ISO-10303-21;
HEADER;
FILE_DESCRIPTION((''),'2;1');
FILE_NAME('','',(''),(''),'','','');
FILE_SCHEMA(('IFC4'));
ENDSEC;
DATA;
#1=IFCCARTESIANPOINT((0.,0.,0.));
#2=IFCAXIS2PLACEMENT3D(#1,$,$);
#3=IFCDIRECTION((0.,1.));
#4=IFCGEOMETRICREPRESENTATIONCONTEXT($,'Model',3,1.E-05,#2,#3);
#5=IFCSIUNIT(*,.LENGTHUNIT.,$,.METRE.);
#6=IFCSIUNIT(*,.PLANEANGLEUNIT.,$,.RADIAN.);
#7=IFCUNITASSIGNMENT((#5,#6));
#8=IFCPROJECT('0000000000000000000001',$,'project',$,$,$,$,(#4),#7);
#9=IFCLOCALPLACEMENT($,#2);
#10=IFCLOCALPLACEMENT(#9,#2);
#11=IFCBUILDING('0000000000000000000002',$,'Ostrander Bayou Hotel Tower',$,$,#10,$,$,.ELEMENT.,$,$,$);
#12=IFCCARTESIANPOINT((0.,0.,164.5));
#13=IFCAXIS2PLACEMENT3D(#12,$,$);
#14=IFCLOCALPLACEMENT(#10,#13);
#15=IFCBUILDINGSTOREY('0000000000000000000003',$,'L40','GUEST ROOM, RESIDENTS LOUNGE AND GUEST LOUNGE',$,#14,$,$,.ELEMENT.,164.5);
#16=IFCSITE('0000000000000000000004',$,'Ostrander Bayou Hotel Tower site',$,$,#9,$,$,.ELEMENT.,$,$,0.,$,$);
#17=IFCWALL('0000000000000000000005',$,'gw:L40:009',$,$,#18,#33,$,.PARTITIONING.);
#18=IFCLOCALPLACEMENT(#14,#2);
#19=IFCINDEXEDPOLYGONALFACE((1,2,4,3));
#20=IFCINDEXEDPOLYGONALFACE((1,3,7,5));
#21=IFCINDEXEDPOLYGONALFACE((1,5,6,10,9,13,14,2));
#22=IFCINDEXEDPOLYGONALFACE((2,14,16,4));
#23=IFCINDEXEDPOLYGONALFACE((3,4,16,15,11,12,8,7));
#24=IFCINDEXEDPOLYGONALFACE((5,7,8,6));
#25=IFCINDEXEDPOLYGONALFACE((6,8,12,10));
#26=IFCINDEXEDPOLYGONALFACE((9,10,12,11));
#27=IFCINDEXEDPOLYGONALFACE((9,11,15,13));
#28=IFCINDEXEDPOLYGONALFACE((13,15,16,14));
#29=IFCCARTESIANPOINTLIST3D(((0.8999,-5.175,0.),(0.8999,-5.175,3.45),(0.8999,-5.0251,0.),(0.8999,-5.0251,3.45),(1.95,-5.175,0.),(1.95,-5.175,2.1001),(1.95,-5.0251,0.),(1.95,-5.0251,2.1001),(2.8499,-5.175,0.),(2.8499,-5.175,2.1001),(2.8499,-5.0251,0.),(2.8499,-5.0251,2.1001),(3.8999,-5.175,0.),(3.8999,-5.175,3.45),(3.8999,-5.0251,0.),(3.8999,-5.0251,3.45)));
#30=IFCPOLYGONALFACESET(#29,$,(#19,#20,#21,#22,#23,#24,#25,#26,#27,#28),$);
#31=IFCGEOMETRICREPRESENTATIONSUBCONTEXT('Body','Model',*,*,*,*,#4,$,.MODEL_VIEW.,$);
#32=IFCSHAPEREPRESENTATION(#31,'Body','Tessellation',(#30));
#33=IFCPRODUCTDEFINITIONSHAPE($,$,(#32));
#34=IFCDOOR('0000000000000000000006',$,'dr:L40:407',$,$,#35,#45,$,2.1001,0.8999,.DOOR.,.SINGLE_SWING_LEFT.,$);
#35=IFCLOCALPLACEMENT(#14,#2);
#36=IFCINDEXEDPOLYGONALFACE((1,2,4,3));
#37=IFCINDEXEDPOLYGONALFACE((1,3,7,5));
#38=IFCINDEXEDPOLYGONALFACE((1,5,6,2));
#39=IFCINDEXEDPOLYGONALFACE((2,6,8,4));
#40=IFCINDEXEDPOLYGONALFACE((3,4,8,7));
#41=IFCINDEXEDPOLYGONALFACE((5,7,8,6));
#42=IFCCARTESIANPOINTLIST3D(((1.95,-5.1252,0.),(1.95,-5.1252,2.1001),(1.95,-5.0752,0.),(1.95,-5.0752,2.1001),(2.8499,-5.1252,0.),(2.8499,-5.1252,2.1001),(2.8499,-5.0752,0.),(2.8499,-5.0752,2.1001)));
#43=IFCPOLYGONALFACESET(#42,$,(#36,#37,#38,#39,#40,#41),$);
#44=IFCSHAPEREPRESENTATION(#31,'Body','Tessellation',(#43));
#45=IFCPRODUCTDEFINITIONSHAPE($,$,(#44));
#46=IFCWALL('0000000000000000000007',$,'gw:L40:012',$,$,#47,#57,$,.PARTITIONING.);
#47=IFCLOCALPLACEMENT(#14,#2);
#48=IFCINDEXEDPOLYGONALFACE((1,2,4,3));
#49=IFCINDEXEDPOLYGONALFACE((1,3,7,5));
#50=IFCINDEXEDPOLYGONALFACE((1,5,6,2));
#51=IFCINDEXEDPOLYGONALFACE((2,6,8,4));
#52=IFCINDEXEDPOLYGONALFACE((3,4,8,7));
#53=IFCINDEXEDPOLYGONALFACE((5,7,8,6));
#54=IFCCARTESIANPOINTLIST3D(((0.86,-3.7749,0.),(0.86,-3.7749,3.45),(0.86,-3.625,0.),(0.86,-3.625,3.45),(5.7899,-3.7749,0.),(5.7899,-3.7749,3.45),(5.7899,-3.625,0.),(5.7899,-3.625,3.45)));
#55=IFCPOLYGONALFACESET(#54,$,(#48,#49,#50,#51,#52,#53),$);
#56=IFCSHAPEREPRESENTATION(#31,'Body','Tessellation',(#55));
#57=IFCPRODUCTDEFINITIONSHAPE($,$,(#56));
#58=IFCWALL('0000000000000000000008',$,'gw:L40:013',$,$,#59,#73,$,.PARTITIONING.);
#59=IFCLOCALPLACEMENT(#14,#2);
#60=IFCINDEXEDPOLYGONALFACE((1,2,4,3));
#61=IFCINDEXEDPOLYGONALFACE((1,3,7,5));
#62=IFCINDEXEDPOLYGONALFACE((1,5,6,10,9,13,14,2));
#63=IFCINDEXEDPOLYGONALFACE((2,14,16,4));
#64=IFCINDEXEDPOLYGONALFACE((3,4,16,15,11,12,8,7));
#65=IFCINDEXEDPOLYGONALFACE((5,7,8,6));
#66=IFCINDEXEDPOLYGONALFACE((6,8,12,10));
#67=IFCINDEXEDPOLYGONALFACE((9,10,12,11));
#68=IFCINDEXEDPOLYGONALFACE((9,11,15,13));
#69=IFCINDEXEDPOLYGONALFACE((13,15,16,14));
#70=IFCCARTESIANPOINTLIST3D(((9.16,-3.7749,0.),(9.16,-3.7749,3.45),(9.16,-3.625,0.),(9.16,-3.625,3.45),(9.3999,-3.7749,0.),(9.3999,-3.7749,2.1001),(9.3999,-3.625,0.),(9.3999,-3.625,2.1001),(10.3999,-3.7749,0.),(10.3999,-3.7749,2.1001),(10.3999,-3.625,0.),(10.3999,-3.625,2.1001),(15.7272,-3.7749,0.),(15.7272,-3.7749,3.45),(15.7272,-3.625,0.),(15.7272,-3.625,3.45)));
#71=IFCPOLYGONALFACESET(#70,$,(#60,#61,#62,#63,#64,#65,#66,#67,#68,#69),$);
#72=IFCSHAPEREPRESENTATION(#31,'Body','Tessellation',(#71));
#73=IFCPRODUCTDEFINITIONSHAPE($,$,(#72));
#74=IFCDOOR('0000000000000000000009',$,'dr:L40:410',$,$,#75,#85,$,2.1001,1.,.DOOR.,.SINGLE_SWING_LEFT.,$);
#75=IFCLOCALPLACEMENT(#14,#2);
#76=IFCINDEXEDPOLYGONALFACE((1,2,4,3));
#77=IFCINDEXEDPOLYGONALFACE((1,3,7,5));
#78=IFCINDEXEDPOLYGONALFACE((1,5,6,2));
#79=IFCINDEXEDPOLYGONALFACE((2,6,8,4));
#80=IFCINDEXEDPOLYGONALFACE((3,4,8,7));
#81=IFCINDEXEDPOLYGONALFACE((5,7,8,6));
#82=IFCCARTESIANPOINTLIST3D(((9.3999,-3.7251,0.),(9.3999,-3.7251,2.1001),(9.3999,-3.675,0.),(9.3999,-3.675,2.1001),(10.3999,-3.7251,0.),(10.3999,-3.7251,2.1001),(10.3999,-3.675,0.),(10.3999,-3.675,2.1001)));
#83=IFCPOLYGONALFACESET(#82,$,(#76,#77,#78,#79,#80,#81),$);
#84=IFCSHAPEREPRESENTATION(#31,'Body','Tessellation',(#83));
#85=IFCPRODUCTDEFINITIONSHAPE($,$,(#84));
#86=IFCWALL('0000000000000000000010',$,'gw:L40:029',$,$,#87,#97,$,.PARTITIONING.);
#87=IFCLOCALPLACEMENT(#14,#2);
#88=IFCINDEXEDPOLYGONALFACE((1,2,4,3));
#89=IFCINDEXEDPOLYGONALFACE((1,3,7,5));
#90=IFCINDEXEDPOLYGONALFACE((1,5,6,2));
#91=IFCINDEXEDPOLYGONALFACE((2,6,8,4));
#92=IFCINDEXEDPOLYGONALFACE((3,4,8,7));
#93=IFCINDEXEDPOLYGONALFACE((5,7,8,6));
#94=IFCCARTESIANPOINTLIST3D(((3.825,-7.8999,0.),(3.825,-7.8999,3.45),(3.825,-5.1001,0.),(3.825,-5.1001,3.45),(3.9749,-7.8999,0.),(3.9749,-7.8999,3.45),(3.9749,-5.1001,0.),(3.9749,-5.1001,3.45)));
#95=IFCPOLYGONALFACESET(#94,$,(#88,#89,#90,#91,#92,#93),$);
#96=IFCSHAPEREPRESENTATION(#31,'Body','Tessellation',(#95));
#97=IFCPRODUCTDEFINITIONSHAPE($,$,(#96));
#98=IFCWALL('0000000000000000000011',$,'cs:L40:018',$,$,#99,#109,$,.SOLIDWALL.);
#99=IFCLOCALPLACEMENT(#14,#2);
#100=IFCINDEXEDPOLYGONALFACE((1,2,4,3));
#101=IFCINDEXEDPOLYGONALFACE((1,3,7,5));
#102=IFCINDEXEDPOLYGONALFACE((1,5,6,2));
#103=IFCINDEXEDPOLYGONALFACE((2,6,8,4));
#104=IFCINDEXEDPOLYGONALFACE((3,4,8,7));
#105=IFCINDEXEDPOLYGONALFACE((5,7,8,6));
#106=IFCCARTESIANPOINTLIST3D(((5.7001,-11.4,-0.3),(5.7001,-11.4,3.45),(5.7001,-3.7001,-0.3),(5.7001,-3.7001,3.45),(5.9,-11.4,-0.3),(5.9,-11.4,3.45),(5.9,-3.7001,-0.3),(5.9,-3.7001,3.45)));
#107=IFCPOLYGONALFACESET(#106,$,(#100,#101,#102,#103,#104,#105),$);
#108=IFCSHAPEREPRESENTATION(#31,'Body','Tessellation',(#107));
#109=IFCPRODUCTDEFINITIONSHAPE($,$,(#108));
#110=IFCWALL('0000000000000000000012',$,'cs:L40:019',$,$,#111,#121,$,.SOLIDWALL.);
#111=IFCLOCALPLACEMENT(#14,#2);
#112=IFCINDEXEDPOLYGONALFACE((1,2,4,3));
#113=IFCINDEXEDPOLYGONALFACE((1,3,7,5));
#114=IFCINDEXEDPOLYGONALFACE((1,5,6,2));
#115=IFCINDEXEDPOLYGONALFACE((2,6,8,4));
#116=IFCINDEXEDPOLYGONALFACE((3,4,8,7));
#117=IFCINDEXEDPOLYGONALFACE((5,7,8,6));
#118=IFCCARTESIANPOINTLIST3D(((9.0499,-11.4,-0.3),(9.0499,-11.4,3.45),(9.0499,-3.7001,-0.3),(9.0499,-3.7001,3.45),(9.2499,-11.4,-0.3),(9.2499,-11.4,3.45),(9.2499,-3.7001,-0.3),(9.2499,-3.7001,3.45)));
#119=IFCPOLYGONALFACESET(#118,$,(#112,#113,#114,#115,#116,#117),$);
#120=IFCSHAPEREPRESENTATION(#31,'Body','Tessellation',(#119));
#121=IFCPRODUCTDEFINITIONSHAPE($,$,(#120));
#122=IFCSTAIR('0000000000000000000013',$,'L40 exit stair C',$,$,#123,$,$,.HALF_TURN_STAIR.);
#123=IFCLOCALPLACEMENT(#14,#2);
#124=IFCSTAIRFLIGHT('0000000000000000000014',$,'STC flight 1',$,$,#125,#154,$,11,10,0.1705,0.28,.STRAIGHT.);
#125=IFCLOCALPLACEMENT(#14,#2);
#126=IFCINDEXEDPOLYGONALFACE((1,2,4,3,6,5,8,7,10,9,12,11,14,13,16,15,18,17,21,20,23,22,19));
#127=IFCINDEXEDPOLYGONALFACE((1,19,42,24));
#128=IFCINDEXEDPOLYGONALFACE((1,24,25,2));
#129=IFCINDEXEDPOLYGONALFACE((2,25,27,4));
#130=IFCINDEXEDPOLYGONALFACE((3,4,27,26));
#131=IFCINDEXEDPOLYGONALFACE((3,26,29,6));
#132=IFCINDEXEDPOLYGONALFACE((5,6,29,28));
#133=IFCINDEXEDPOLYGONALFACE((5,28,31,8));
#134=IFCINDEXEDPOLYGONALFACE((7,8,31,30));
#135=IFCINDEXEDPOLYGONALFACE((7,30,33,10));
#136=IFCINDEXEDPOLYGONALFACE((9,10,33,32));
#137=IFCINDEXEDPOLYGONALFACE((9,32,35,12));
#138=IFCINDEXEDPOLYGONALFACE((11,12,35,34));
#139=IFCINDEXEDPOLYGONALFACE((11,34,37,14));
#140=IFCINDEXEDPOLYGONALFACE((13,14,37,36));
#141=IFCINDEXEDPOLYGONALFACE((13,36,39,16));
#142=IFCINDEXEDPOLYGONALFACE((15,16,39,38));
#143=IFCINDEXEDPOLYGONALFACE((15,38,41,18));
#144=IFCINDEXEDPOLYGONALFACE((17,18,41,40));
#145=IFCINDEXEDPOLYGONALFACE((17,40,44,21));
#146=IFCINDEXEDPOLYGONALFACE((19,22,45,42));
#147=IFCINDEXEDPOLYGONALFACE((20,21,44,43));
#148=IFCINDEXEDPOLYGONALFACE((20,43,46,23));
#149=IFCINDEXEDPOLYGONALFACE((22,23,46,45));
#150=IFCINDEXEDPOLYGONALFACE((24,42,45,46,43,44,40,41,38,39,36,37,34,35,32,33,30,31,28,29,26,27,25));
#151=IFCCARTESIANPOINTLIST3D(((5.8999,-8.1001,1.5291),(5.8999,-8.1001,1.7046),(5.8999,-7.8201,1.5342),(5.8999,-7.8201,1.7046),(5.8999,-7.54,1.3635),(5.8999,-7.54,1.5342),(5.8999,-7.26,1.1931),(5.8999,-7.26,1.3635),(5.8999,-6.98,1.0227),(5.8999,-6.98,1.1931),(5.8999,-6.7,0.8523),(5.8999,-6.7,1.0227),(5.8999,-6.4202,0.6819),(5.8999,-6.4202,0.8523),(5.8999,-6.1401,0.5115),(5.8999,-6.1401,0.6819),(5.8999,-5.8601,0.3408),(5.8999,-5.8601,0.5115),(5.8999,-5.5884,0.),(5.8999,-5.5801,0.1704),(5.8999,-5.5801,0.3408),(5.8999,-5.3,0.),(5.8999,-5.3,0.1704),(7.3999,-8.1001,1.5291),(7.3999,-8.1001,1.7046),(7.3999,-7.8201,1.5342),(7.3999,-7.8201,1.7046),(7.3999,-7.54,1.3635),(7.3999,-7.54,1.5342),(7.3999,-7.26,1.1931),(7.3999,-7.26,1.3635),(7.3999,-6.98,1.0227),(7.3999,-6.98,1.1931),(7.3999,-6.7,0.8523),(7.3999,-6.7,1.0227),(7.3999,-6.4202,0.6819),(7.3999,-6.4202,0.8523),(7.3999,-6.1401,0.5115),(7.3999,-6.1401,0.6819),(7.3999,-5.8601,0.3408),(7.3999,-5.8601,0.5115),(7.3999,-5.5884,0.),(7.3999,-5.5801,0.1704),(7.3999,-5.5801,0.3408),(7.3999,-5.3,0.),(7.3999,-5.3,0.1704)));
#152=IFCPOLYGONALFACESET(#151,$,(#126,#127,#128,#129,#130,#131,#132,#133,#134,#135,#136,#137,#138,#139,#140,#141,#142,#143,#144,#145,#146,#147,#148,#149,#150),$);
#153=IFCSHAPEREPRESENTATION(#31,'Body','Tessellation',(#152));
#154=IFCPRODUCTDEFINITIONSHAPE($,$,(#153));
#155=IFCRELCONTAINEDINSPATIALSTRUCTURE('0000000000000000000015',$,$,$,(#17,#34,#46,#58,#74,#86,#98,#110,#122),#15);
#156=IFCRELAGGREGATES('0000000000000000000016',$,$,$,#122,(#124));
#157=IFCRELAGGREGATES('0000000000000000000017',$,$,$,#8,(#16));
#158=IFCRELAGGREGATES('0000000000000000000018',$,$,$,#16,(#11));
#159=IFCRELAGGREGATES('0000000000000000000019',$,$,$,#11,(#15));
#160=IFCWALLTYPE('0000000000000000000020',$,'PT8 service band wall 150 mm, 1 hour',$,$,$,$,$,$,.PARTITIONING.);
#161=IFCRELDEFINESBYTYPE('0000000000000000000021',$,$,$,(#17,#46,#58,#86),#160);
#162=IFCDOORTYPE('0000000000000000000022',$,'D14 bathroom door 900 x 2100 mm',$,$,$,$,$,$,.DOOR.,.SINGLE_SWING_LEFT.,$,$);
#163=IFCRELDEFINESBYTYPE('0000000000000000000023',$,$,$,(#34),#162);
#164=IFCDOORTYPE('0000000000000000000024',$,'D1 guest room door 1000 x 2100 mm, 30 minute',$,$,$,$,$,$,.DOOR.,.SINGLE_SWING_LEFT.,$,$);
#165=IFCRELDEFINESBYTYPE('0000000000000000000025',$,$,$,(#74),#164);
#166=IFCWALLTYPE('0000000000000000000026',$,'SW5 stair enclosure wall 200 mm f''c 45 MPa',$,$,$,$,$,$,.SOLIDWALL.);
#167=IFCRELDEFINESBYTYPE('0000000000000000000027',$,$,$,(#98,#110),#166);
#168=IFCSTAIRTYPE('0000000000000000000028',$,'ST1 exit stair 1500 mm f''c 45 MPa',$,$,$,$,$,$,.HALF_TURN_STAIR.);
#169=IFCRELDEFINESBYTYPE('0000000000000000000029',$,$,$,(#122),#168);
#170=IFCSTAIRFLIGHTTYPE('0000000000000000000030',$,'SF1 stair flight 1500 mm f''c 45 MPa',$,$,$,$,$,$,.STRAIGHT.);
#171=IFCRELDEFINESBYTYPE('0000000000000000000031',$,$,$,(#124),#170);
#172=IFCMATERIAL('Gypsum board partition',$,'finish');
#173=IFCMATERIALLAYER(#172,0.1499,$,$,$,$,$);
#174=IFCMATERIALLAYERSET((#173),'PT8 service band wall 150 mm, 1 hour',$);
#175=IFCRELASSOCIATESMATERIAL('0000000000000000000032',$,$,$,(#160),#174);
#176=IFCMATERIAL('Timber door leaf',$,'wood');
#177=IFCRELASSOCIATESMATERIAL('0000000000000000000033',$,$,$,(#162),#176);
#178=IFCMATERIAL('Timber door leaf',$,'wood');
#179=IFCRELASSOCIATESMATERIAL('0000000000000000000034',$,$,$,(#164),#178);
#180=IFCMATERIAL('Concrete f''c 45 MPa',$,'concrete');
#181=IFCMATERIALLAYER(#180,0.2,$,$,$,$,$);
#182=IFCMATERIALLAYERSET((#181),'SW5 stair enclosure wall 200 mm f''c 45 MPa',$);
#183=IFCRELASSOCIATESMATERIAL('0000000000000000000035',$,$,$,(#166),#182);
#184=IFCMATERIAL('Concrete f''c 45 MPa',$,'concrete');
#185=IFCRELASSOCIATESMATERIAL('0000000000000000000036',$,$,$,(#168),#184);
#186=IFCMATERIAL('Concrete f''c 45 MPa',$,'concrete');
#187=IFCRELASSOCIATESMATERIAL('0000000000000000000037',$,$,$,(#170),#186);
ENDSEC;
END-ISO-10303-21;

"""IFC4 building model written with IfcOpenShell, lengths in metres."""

from ifc_helpers import new_model, si_unit, direction, frame, frame_2d, origin, place, context, subcontext, project, spatial, polyline, rectangle, outline, extrude, material, layer, layer_set, type_object, element, fill, aggregate, save


model = new_model("IFC4")

# Units and contexts
model_context = context("Model", 3, precision=1e-05, world=origin(), true_north=direction((0.0, 1.0)))
body_context = subcontext(model_context, "Body", "Model", "MODEL_VIEW")
ifc_project = project(units=[si_unit("LENGTHUNIT", "METRE"), si_unit("PLANEANGLEUNIT", "RADIAN")], contexts=[model_context])

# Site, building, storey
site_placement = place(None, origin())
site = spatial("IfcSite", under=ifc_project, at=site_placement, Name="Ostrander Bayou Hotel Tower site", CompositionType="ELEMENT", RefElevation=0.0)
building_placement = place(site_placement, origin())
building = spatial("IfcBuilding", under=site, at=building_placement, Name="Ostrander Bayou Hotel Tower", CompositionType="ELEMENT")
storey_placement = place(building_placement, frame((0.0, 0.0, 164.5)))
storey = spatial("IfcBuildingStorey", under=building, at=storey_placement, Name="L40", Description="GUEST ROOM, RESIDENTS LOUNGE AND GUEST LOUNGE", CompositionType="ELEMENT", Elevation=164.5)

# Wall, opening, door
ifc_material_1 = material(Name="Gypsum board partition", Category="finish")
ifc_layer_1 = layer(ifc_material_1, 0.1499)
ifc_layer_set_1 = layer_set([ifc_layer_1], Name="PT8 service band wall 150 mm, 1 hour")
wall_type_1 = type_object("IfcWallType", Name="PT8 service band wall 150 mm, 1 hour", PredefinedType="PARTITIONING", material=ifc_layer_set_1)
wall_1_placement = place(storey_placement, frame((0.8999, -5.1001, 0.0), z_axis=(0.0, 0.0, 1.0), x_axis=(1.0, 0.0, 0.0)))
wall_1 = element("IfcWall", 1, at=wall_1_placement, inside=storey, type_object=wall_type_1, Name="gw:L40:009", PredefinedType="PARTITIONING", context=body_context, shape_type="SweptSolid", body=[
    extrude(rectangle(XDim=3.0, YDim=0.1499, at=frame_2d((1.5, 0.0))), origin(), (0.0, 0.0, 1.0), 3.45),
])
opening_1_placement = place(wall_1_placement, frame((1.05, 0.0, 0.0)))
opening_1 = element("IfcOpeningElement", 2, at=opening_1_placement, cuts=wall_1, PredefinedType="OPENING", context=body_context, shape_type="SweptSolid", body=[
    extrude(rectangle(XDim=0.8999, YDim=2.1001, at=frame_2d((0.45, 1.05))), frame((0.0, 0.075, 0.0), z_axis=(0.0, -1.0, 0.0), x_axis=(1.0, 0.0, 0.0)), (0.0, 0.0, 1.0), 0.1499),
])
ifc_material_2 = material(Name="Timber door leaf", Category="wood")
door_type_1 = type_object("IfcDoorType", Name="D14 bathroom door 900 x 2100 mm", OperationType="SINGLE_SWING_LEFT", PredefinedType="DOOR", material=ifc_material_2)
door_1_placement = place(opening_1_placement, origin())
door_1 = element("IfcDoor", 3, at=door_1_placement, inside=storey, type_object=door_type_1, Name="dr:L40:407", OperationType="SINGLE_SWING_LEFT", OverallHeight=2.1001, OverallWidth=0.8999, PredefinedType="DOOR", context=body_context, shape_type="SweptSolid", body=[
    extrude(rectangle(XDim=0.8999, YDim=2.1001, at=frame_2d((0.45, 1.05))), frame((0.0, 0.0249, 0.0), z_axis=(0.0, -1.0, 0.0), x_axis=(1.0, 0.0, 0.0)), (0.0, 0.0, 1.0), 0.05),
])
fill(opening_1, door_1)

# Wall
wall_2_placement = place(storey_placement, frame((0.8601, -3.7, 0.0), z_axis=(0.0, 0.0, 1.0), x_axis=(1.0, 0.0, 0.0)))
element("IfcWall", 4, at=wall_2_placement, inside=storey, type_object=wall_type_1, Name="gw:L40:012", PredefinedType="PARTITIONING", context=body_context, shape_type="SweptSolid", body=[
    extrude(rectangle(XDim=4.9299, YDim=0.1499, at=frame_2d((2.4648, 0.0))), origin(), (0.0, 0.0, 1.0), 3.45),
])

# Wall, opening, door
wall_3_placement = place(storey_placement, frame((9.1599, -3.7, 0.0), z_axis=(0.0, 0.0, 1.0), x_axis=(1.0, 0.0, 0.0)))
wall_3 = element("IfcWall", 5, at=wall_3_placement, inside=storey, type_object=wall_type_1, Name="gw:L40:013", PredefinedType="PARTITIONING", context=body_context, shape_type="SweptSolid", body=[
    extrude(rectangle(XDim=6.5671, YDim=0.1499, at=frame_2d((3.2837, 0.0))), origin(), (0.0, 0.0, 1.0), 3.45),
])
opening_2_placement = place(wall_3_placement, frame((0.24, 0.0, 0.0)))
opening_2 = element("IfcOpeningElement", 6, at=opening_2_placement, cuts=wall_3, PredefinedType="OPENING", context=body_context, shape_type="SweptSolid", body=[
    extrude(rectangle(XDim=1.0, YDim=2.1001, at=frame_2d((0.5, 1.05))), frame((0.0, 0.075, 0.0), z_axis=(0.0, -1.0, 0.0), x_axis=(1.0, 0.0, 0.0)), (0.0, 0.0, 1.0), 0.1499),
])
ifc_material_3 = material(Name="Timber door leaf", Category="wood")
door_type_2 = type_object("IfcDoorType", Name="D1 guest room door 1000 x 2100 mm, 30 minute", OperationType="SINGLE_SWING_LEFT", PredefinedType="DOOR", material=ifc_material_3)
door_2_placement = place(opening_2_placement, origin())
door_2 = element("IfcDoor", 7, at=door_2_placement, inside=storey, type_object=door_type_2, Name="dr:L40:410", OperationType="SINGLE_SWING_LEFT", OverallHeight=2.1001, OverallWidth=1.0, PredefinedType="DOOR", context=body_context, shape_type="SweptSolid", body=[
    extrude(rectangle(XDim=1.0, YDim=2.1001, at=frame_2d((0.5, 1.05))), frame((0.0, 0.0249, 0.0), z_axis=(0.0, -1.0, 0.0), x_axis=(1.0, 0.0, 0.0)), (0.0, 0.0, 1.0), 0.05),
])
fill(opening_2, door_2)

# Wall
wall_4_placement = place(storey_placement, frame((3.8999, -7.8999, 0.0), z_axis=(0.0, 0.0, 1.0), x_axis=(0.0, 1.0, 0.0)))
element("IfcWall", 8, at=wall_4_placement, inside=storey, type_object=wall_type_1, Name="gw:L40:029", PredefinedType="PARTITIONING", context=body_context, shape_type="SweptSolid", body=[
    extrude(rectangle(XDim=2.7998, YDim=0.1499, at=frame_2d((1.3999, 0.0))), origin(), (0.0, 0.0, 1.0), 3.45),
])

# Shared definitions
ifc_material_4 = material(Name="Concrete f'c 45 MPa", Category="concrete")
ifc_layer_2 = layer(ifc_material_4, 0.2)
ifc_layer_set_2 = layer_set([ifc_layer_2], Name="SW5 stair enclosure wall 200 mm f'c 45 MPa")
wall_type_2 = type_object("IfcWallType", Name="SW5 stair enclosure wall 200 mm f'c 45 MPa", PredefinedType="SOLIDWALL", material=ifc_layer_set_2)

# Walls
for number, where, z_axis, x_axis, name in (
    (9, (5.8, -3.7, -0.3), (0.0, 0.0, 1.0), (0.0, -1.0, 0.0), "cs:L40:018"),
    (10, (9.1499, -3.7, -0.3), (0.0, 0.0, 1.0), (0.0, -1.0, 0.0), "cs:L40:019"),
):
    element("IfcWall", number, at=place(storey_placement, frame(where, z_axis=z_axis, x_axis=x_axis)), inside=storey, type_object=wall_type_2, Name=name, PredefinedType="SOLIDWALL", context=body_context, shape_type="SweptSolid", body=[
        extrude(rectangle(XDim=7.7, YDim=0.2, at=frame_2d((3.8501, 0.0))), origin(), (0.0, 0.0, 1.0), 3.75),
    ])

# Stair, stair flight
ifc_material_5 = material(Name="Concrete f'c 45 MPa", Category="concrete")
stair_type = type_object("IfcStairType", Name="ST1 exit stair 1500 mm f'c 45 MPa", PredefinedType="HALF_TURN_STAIR", material=ifc_material_5)
stair_placement = place(storey_placement, origin())
stair = element("IfcStair", 11, at=stair_placement, inside=storey, type_object=stair_type, Name="L40 exit stair C", PredefinedType="HALF_TURN_STAIR")
ifc_material_6 = material(Name="Concrete f'c 45 MPa", Category="concrete")
stair_flight_type = type_object("IfcStairFlightType", Name="SF1 stair flight 1500 mm f'c 45 MPa", PredefinedType="STRAIGHT", material=ifc_material_6)
stair_flight_placement = place(storey_placement, frame((6.6499, -5.3, 0.0), z_axis=(0.0, 0.0, 1.0), x_axis=(0.0, -1.0, 0.0)))
stair_flight = element("IfcStairFlight", 12, at=stair_flight_placement, type_object=stair_flight_type, Name="STC flight 1", NumberOfRisers=11, NumberOfTreads=10, PredefinedType="STRAIGHT", RiserHeight=0.1705, TreadLength=0.28, context=body_context, shape_type="SweptSolid", body=[
    extrude(outline(polyline([(0.0, 0.0), (0.0, 0.1704), (0.28, 0.1704), (0.28, 0.3408), (0.5601, 0.3408), (0.5601, 0.5115), (0.8401, 0.5115), (0.8401, 0.6819), (1.1201, 0.6819), (1.1201, 0.8523), (1.3999, 0.8523), (1.3999, 1.0227), (1.6799, 1.0227), (1.6799, 1.1931), (1.96, 1.1931), (1.96, 1.3635), (2.24, 1.3635), (2.24, 1.5342), (2.52, 1.5342), (2.52, 1.7046), (2.8, 1.7046), (2.8, 1.875), (2.8, 1.5291), (0.2883, 0.0), (0.0, 0.0)])), frame((0.0, 0.75, 0.0), z_axis=(0.0, -1.0, 0.0), x_axis=(1.0, 0.0, 0.0)), (0.0, 0.0, 1.0), 1.5),
])
aggregate(stair, [stair_flight])

save(model, "model.ifc")
